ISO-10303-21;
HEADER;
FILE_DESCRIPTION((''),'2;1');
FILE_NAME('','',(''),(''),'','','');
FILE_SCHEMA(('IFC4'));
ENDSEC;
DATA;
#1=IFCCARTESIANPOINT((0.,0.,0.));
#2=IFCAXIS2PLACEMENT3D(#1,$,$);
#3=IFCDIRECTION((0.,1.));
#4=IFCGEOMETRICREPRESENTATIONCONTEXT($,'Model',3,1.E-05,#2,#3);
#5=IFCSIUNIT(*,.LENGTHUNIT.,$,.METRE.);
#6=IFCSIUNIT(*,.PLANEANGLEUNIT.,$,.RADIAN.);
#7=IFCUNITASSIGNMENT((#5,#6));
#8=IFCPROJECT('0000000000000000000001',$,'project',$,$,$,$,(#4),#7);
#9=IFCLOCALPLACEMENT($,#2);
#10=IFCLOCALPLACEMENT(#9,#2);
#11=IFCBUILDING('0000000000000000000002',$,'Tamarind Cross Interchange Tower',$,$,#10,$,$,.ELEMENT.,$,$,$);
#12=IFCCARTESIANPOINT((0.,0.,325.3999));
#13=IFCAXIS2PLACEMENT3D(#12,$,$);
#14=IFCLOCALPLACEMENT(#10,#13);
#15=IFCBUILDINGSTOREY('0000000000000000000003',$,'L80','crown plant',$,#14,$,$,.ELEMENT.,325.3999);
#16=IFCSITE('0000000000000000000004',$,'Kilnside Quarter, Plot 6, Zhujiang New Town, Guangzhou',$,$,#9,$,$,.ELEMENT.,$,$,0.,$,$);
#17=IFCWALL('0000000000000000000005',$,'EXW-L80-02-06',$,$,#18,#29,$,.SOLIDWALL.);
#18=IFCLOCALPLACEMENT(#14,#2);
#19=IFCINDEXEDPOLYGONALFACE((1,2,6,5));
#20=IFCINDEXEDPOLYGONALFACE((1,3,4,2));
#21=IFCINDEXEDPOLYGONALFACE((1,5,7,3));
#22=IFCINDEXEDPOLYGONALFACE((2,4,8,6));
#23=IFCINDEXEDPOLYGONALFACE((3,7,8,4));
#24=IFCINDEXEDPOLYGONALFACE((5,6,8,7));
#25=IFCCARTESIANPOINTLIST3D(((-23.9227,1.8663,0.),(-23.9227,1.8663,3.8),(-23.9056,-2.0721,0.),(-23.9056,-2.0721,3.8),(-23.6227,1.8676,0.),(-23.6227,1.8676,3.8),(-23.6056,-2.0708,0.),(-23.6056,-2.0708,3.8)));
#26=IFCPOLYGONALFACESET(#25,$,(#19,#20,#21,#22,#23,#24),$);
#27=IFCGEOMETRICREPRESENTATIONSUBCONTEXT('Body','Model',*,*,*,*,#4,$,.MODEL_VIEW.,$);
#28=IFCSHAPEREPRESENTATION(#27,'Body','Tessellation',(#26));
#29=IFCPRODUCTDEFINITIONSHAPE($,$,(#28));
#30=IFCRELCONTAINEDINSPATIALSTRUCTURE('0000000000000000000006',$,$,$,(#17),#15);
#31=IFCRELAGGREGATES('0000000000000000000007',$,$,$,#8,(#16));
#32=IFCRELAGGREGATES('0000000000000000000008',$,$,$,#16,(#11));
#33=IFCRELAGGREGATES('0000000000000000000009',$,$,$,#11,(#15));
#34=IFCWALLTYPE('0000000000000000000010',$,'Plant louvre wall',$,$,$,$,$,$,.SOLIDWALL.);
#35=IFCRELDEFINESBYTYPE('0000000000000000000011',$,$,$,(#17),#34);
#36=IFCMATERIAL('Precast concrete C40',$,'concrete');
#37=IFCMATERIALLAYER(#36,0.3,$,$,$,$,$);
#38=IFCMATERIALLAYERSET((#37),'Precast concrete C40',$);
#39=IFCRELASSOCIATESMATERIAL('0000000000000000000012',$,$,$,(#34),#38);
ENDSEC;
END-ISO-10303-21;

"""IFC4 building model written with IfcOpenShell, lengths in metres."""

from ifc_helpers import new_model, si_unit, direction, frame, frame_2d, origin, place, context, subcontext, project, spatial, rectangle, extrude, material, layer, layer_set, type_object, element, save


model = new_model("IFC4")

# Units and contexts
model_context = context("Model", 3, precision=1e-05, world=origin(), true_north=direction((0.0, 1.0)))
body_context = subcontext(model_context, "Body", "Model", "MODEL_VIEW")
ifc_project = project(units=[si_unit("LENGTHUNIT", "METRE"), si_unit("PLANEANGLEUNIT", "RADIAN")], contexts=[model_context])

# Site, building, storey
site_placement = place(None, origin())
site = spatial("IfcSite", under=ifc_project, at=site_placement, Name="Kilnside Quarter, Plot 6, Zhujiang New Town, Guangzhou", CompositionType="ELEMENT", RefElevation=0.0)
building_placement = place(site_placement, origin())
building = spatial("IfcBuilding", under=site, at=building_placement, Name="Tamarind Cross Interchange Tower", CompositionType="ELEMENT")
storey_placement = place(building_placement, frame((0.0, 0.0, 325.3999)))
storey = spatial("IfcBuildingStorey", under=building, at=storey_placement, Name="L80", Description="crown plant", CompositionType="ELEMENT", Elevation=325.3999)

# Wall
ifc_material_1 = material(Name="Precast concrete C40", Category="concrete")
ifc_layer_1 = layer(ifc_material_1, 0.3)
ifc_layer_set_1 = layer_set([ifc_layer_1], Name="Precast concrete C40")
wall_type_1 = type_object("IfcWallType", Name="Plant louvre wall", PredefinedType="SOLIDWALL", material=ifc_layer_set_1)
wall_1_placement = place(storey_placement, frame((-23.7727, 1.8669, 0.0), z_axis=(0.0, 0.0, 1.0), x_axis=(0.004339, -0.999991, 0.0)))
element("IfcWall", 1, at=wall_1_placement, inside=storey, type_object=wall_type_1, Name="EXW-L80-02-06", PredefinedType="SOLIDWALL", context=body_context, shape_type="SweptSolid", body=[
    extrude(rectangle(XDim=3.9385, YDim=0.3, at=frame_2d((1.9692, 0.0))), origin(), (0.0, 0.0, 1.0), 3.8),
])

save(model, "model.ifc")
